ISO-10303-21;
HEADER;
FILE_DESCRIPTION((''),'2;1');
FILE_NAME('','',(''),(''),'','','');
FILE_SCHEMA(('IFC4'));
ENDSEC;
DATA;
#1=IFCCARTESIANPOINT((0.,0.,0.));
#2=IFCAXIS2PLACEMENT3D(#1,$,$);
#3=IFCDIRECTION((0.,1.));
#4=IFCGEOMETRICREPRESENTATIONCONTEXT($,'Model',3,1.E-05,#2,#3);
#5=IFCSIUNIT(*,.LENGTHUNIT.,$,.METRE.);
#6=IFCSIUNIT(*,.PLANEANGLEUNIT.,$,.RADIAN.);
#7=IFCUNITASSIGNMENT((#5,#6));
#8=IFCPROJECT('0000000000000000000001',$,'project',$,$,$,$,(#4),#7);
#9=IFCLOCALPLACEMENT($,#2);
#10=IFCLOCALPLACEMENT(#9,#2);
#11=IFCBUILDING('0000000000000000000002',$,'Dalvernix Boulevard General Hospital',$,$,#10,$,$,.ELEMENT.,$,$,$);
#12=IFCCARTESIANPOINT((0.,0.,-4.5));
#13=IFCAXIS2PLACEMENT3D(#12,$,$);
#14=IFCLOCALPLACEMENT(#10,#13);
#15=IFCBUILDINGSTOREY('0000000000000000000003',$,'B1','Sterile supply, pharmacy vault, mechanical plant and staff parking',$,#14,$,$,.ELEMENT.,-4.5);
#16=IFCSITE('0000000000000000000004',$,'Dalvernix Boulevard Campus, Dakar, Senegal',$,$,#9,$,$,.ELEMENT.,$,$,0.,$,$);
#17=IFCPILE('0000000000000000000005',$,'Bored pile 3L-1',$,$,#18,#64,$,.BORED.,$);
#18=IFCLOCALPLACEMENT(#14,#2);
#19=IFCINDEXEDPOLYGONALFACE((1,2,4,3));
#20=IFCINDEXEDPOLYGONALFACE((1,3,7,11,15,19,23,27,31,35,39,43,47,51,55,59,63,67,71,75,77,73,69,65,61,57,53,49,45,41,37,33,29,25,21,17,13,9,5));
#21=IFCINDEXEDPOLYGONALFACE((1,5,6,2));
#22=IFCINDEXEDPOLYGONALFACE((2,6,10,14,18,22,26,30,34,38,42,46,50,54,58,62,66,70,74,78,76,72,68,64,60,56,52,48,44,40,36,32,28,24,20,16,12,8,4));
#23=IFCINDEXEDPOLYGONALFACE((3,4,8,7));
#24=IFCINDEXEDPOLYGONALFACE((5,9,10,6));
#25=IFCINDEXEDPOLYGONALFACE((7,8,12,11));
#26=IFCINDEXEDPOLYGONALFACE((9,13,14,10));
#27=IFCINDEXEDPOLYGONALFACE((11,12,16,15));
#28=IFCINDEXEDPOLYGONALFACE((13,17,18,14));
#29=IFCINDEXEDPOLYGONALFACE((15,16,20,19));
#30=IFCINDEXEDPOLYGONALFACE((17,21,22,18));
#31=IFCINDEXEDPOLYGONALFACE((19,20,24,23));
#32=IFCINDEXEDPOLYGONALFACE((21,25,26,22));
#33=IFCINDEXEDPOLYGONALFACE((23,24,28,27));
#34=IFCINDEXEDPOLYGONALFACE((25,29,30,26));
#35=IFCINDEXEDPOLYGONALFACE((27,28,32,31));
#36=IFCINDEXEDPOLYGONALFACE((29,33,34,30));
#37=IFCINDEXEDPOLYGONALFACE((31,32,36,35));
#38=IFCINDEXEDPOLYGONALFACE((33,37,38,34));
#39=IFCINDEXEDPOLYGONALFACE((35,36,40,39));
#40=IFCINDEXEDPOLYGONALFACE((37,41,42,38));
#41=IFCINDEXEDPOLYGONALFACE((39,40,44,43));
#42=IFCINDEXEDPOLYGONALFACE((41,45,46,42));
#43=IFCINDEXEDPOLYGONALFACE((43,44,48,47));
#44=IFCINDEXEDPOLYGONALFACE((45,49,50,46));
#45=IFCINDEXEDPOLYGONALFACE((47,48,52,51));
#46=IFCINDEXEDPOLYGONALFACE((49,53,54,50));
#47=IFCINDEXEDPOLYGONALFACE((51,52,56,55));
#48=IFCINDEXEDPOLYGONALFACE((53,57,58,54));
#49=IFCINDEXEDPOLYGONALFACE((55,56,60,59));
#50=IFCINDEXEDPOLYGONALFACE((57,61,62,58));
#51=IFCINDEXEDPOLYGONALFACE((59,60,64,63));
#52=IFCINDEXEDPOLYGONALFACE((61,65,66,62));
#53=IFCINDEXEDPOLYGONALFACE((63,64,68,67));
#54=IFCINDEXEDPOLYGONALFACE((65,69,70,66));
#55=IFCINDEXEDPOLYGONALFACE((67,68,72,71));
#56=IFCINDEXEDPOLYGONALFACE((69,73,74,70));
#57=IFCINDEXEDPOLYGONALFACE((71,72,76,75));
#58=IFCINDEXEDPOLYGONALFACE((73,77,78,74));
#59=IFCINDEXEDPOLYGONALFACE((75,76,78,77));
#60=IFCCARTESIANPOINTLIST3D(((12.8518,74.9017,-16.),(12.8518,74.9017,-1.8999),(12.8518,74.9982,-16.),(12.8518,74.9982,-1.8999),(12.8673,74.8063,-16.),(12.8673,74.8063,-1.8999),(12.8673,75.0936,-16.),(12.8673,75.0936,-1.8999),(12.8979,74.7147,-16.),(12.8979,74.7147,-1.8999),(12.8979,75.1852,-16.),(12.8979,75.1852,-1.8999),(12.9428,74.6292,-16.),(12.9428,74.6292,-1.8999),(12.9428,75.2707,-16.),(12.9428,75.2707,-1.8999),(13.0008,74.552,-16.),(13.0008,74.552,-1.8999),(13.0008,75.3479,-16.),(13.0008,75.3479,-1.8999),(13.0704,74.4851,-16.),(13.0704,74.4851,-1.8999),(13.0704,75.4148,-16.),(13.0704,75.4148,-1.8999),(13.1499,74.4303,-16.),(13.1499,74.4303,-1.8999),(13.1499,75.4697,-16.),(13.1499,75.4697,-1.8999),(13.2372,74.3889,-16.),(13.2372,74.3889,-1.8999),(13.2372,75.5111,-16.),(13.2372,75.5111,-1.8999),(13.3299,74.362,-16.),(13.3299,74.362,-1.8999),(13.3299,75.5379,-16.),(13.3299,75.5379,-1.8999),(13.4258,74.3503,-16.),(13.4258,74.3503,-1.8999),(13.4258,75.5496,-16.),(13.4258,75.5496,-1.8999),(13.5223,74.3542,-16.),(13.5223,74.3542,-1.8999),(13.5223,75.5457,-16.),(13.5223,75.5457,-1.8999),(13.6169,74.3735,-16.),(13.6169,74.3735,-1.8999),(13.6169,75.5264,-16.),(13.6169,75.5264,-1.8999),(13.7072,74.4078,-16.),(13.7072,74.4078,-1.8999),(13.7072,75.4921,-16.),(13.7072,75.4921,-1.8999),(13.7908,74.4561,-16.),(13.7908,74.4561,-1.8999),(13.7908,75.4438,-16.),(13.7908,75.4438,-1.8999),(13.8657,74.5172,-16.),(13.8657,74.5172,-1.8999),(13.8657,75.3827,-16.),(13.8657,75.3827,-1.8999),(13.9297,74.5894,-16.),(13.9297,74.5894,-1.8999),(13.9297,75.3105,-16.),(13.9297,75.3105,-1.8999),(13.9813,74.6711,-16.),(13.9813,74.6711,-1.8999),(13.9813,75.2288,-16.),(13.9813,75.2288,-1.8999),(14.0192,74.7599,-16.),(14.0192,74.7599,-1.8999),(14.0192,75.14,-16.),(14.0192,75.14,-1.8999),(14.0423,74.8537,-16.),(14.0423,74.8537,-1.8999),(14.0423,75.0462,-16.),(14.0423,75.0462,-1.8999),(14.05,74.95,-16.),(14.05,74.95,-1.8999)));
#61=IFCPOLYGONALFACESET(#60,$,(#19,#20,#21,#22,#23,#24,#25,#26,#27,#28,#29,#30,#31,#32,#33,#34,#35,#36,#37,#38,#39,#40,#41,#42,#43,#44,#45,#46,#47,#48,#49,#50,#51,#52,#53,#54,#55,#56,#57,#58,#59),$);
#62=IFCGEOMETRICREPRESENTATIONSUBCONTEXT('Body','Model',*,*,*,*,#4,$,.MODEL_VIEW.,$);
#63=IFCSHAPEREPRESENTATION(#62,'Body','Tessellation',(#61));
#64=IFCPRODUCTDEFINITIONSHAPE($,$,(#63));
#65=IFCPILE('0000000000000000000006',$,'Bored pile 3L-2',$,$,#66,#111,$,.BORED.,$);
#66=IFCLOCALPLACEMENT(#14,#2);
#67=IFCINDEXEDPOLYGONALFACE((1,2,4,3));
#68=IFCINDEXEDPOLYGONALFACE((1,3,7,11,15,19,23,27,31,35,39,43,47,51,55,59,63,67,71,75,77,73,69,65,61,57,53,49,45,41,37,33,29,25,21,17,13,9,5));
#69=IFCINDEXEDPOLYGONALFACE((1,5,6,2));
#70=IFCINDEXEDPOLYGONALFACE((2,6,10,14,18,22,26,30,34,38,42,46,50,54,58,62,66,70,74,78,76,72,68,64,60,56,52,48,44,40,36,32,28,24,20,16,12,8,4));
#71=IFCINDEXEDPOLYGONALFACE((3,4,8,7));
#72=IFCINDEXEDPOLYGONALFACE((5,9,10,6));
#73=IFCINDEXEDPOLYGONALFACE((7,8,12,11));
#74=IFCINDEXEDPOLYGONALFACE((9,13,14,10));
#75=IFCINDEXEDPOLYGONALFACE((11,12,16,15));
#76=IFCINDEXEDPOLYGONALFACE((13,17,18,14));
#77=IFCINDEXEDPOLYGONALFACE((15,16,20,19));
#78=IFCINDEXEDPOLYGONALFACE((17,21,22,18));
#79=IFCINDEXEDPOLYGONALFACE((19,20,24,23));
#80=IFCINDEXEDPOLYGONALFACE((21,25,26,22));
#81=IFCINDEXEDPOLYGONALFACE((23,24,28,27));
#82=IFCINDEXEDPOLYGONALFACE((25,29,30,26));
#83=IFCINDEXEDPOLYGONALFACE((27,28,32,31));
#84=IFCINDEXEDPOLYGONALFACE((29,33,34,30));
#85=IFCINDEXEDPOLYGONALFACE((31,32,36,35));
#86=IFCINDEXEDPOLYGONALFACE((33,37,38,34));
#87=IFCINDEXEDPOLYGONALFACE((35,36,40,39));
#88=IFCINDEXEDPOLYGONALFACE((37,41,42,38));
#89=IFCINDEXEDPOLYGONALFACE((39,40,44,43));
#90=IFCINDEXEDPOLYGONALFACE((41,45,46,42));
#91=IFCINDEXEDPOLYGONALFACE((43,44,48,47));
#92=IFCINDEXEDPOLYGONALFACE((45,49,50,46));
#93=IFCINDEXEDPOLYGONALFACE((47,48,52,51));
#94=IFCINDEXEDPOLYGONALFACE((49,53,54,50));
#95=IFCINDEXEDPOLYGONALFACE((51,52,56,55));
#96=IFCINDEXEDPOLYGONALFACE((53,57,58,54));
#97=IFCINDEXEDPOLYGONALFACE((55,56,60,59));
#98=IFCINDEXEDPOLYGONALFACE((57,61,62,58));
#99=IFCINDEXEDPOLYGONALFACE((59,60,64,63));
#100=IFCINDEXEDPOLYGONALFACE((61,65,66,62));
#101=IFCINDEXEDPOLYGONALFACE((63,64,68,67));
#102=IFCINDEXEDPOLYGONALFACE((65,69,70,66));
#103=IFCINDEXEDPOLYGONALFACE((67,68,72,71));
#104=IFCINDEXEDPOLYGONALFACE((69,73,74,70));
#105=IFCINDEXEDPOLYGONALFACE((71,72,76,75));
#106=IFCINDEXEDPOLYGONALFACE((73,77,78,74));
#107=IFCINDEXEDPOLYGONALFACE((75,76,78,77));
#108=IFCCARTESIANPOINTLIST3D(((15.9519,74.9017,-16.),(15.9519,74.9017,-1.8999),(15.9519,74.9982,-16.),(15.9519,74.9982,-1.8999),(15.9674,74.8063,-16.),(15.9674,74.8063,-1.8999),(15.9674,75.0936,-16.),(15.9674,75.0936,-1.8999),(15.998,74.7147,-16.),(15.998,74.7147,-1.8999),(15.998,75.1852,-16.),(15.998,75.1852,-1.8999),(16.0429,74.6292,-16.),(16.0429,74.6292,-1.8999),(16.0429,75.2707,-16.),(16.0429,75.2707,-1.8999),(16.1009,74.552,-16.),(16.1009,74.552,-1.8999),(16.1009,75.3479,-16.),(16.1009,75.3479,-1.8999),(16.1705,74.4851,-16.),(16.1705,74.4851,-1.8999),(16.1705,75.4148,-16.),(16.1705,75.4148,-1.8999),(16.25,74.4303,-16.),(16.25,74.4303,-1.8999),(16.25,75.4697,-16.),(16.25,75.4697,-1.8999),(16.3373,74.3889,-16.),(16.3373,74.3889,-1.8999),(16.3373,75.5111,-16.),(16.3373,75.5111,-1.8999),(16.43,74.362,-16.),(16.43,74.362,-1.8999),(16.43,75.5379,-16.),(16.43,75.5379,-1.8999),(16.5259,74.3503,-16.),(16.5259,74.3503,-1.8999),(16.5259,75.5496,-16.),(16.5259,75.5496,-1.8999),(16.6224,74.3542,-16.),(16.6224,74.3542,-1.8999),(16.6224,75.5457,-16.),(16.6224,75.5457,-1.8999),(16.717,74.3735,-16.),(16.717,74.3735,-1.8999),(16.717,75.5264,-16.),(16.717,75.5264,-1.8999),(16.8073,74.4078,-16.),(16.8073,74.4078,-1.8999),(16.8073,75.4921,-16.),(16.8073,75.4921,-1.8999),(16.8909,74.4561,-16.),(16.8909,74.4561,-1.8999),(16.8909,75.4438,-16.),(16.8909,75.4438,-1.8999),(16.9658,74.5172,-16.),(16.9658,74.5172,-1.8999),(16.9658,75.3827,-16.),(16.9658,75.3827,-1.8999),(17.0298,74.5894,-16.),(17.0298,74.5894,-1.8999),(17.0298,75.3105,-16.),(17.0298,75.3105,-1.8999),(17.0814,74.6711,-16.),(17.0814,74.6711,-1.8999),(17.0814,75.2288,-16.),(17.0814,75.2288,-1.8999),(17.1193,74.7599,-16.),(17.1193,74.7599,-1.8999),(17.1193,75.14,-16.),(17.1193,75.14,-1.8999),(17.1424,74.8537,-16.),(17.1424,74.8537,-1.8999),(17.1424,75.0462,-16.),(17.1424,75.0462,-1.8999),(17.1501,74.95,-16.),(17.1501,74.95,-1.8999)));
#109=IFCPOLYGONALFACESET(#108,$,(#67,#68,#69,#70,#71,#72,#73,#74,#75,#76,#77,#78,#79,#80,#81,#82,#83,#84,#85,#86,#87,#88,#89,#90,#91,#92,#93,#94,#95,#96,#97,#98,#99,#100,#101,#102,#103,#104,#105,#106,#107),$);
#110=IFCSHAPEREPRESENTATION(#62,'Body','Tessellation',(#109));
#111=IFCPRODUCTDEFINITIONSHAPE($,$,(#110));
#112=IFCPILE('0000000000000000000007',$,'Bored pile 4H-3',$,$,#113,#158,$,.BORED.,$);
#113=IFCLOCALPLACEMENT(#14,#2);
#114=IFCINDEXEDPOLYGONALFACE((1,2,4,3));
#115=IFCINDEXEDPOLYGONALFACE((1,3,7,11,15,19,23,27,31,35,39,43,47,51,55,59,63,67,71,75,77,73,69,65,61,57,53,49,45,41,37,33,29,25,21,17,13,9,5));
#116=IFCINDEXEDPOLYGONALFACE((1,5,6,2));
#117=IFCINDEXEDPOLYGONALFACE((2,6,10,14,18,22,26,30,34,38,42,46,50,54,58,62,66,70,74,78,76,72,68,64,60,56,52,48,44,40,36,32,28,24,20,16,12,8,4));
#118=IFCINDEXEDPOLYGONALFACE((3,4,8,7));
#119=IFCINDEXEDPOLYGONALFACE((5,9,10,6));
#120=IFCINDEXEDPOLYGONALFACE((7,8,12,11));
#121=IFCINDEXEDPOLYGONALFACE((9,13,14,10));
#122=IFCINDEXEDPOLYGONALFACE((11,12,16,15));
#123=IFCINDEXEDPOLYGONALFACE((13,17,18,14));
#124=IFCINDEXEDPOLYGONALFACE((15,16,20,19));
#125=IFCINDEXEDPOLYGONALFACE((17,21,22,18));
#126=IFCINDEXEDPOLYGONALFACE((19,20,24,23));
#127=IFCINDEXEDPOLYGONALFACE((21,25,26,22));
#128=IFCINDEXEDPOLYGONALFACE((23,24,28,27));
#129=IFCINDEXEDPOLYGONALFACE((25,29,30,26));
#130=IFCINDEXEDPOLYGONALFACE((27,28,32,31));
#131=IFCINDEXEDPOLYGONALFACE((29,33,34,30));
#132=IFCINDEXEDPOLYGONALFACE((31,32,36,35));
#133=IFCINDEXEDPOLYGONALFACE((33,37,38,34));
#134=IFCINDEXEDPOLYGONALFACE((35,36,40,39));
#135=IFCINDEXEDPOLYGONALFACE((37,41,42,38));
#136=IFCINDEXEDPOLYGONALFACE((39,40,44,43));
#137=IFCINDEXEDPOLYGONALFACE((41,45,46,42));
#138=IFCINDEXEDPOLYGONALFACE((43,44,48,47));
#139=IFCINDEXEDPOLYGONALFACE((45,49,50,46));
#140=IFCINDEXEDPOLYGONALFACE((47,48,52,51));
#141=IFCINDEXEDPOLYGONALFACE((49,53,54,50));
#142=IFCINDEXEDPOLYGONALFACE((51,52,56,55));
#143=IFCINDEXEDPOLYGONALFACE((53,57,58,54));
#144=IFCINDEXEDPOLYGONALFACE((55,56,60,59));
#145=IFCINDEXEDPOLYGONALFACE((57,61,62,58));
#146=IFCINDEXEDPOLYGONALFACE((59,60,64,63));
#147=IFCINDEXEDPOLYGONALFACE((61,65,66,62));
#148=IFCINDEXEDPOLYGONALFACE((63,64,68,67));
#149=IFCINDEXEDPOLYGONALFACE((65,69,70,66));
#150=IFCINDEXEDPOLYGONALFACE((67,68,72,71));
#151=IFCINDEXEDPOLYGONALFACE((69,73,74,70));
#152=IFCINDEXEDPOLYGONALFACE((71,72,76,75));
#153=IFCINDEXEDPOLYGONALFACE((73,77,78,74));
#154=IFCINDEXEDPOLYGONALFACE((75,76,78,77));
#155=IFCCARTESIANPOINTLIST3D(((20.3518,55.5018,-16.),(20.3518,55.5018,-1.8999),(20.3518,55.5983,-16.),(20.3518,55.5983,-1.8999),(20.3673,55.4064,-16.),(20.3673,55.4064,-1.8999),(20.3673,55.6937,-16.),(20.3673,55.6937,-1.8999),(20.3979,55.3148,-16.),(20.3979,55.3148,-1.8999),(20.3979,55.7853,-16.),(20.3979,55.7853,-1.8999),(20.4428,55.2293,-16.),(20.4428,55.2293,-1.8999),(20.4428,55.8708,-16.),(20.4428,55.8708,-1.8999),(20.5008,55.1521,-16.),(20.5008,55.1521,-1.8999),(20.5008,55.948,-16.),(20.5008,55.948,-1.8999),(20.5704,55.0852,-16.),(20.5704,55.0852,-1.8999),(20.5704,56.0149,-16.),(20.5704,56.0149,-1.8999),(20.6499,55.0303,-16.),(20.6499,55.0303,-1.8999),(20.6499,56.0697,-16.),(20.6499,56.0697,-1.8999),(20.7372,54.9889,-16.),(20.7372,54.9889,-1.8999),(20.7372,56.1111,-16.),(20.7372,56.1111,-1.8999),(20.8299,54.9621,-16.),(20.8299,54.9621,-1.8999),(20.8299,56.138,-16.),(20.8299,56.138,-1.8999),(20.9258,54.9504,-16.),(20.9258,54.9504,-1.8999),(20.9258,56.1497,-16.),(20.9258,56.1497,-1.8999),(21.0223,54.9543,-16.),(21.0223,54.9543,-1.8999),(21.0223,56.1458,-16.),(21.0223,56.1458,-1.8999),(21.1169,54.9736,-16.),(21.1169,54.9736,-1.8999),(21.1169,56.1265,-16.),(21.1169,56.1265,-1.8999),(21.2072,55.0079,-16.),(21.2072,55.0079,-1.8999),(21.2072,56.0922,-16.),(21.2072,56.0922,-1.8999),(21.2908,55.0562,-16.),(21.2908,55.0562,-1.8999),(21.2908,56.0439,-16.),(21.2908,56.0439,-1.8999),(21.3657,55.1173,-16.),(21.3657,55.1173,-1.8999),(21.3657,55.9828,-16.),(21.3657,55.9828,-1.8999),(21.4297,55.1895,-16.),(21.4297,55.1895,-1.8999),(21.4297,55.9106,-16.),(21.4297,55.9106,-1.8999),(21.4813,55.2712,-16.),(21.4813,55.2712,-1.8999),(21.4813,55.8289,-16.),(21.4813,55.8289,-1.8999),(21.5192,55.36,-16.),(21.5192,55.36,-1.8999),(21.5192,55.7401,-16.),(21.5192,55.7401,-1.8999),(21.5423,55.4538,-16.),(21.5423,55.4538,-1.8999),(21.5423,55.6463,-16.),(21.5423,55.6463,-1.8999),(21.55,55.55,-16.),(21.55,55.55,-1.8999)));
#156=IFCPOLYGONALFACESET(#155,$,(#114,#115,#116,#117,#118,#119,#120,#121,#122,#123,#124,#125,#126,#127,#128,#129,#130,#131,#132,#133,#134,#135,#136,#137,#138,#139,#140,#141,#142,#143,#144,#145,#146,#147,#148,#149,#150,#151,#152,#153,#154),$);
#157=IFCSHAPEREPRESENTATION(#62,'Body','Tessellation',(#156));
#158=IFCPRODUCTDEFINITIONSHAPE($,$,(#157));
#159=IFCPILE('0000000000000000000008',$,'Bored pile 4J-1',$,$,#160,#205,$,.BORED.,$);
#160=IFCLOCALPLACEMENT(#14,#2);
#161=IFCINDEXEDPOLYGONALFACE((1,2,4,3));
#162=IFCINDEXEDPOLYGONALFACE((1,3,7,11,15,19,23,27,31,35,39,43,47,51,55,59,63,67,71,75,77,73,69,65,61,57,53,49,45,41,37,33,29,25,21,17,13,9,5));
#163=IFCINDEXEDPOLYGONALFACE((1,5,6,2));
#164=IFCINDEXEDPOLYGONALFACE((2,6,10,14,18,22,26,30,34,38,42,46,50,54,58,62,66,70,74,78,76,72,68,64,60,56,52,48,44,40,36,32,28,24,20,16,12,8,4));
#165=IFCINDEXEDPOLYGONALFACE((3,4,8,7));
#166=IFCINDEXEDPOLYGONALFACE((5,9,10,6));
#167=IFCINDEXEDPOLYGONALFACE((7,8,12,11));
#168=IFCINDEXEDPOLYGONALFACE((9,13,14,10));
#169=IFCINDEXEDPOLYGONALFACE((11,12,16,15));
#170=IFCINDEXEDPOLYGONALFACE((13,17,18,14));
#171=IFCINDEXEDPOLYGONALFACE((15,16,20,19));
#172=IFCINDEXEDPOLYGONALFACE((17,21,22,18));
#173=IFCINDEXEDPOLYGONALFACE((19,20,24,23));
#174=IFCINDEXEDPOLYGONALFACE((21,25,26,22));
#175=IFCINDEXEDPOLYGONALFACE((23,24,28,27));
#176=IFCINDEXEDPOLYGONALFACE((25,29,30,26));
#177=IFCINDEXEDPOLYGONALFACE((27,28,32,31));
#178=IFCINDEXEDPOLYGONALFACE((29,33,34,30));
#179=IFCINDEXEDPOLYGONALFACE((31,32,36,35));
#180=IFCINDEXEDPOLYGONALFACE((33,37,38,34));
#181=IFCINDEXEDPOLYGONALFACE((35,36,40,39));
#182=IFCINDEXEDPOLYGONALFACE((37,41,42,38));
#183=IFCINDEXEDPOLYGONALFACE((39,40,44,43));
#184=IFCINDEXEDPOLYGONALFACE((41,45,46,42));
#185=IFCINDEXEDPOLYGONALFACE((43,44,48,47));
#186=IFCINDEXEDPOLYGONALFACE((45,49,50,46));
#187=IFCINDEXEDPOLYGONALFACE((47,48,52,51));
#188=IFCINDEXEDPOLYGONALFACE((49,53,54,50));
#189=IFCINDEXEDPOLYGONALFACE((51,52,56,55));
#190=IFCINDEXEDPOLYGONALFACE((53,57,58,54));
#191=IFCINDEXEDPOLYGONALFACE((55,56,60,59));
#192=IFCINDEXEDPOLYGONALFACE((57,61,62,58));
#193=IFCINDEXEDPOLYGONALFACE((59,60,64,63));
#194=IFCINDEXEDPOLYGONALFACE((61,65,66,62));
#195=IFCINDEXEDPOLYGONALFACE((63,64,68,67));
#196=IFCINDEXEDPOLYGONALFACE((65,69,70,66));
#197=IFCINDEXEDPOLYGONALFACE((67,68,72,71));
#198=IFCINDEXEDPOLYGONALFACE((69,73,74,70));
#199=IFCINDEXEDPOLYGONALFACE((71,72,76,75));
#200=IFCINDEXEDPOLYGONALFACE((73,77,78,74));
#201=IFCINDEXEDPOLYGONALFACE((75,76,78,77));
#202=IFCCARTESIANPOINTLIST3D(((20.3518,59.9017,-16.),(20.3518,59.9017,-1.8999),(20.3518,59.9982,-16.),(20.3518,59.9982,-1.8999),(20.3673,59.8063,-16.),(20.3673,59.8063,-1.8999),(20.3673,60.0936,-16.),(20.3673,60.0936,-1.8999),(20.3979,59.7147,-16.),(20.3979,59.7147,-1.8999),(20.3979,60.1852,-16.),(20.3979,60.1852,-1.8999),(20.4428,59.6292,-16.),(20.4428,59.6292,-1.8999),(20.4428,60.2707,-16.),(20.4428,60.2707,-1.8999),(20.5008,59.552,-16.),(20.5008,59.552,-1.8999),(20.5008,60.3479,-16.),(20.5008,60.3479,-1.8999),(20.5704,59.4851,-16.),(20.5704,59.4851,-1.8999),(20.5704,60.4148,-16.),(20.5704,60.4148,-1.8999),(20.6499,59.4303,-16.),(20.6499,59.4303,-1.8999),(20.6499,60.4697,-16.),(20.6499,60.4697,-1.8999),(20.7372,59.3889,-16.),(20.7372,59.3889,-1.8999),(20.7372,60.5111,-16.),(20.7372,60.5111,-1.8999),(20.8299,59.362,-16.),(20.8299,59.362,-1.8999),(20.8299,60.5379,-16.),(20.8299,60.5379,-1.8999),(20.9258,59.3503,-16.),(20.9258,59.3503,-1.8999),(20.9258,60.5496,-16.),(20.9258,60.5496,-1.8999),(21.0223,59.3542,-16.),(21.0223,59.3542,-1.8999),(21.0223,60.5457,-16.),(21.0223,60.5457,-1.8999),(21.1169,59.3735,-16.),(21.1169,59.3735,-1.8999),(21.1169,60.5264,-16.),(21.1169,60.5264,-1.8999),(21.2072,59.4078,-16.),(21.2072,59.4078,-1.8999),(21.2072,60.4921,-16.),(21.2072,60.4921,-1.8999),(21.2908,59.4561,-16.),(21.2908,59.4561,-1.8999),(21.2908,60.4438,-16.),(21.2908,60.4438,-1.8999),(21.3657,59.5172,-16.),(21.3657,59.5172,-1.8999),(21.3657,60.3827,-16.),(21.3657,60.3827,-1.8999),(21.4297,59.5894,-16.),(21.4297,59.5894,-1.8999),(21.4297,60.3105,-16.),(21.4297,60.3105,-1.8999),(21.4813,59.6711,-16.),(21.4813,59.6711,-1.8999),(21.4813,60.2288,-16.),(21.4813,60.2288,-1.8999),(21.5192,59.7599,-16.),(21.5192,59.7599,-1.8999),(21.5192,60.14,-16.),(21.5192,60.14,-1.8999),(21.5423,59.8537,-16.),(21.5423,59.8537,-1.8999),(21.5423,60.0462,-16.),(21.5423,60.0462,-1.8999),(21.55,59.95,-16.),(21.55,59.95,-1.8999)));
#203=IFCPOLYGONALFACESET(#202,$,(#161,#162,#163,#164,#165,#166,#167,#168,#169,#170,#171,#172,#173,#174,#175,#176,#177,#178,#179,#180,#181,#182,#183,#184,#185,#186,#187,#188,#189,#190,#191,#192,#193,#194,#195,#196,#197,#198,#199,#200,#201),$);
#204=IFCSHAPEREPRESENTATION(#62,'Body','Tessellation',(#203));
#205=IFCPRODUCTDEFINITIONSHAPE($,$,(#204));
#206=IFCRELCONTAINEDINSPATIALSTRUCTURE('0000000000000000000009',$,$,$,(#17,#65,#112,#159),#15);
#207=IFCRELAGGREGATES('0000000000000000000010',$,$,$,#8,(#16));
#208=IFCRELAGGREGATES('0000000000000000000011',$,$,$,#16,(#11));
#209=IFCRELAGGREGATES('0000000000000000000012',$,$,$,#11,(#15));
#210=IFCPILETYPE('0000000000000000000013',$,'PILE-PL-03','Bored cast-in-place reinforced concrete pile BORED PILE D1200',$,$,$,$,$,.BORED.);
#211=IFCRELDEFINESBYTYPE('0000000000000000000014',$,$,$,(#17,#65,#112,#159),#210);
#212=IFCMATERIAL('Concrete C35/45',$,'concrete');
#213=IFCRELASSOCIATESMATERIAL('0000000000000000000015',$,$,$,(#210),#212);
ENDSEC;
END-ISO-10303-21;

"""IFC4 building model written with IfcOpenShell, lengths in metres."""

from ifc_helpers import new_model, si_unit, direction, frame, origin, origin_2d, place, context, subcontext, project, spatial, circle, extrude, material, material_profile, profile_set, type_object, element, save


model = new_model("IFC4")

# Units and contexts
model_context = context("Model", 3, precision=1e-05, world=origin(), true_north=direction((0.0, 1.0)))
body_context = subcontext(model_context, "Body", "Model", "MODEL_VIEW")
ifc_project = project(units=[si_unit("LENGTHUNIT", "METRE"), si_unit("PLANEANGLEUNIT", "RADIAN")], contexts=[model_context])

# Site, building, storey
site_placement = place(None, origin())
site = spatial("IfcSite", under=ifc_project, at=site_placement, Name="Dalvernix Boulevard Campus, Dakar, Senegal", CompositionType="ELEMENT", RefElevation=0.0)
building_placement = place(site_placement, origin())
building = spatial("IfcBuilding", under=site, at=building_placement, Name="Dalvernix Boulevard General Hospital", CompositionType="ELEMENT")
storey_placement = place(building_placement, frame((0.0, 0.0, -4.5)))
storey = spatial("IfcBuildingStorey", under=building, at=storey_placement, Name="B1", Description="Sterile supply, pharmacy vault, mechanical plant and staff parking", CompositionType="ELEMENT", Elevation=-4.5)

# Shared definitions
ifc_material_1 = material(Name="Concrete C35/45", Category="concrete")

# Piles
ifc_material_profile_1 = material_profile(ifc_material_1, circle(Radius=0.6001, at=origin_2d()), Name="BORED PILE D1200")
ifc_profile_set_1 = profile_set([ifc_material_profile_1], Name="Concrete C35/45")
pile_type = type_object("IfcPileType", Name="PILE-PL-03", Description="Bored cast-in-place reinforced concrete pile BORED PILE D1200", PredefinedType="BORED", material=ifc_profile_set_1)
for number, where, z_axis, x_axis, name in (
    (1, (13.45, 74.95, -1.8999), (0.0, 0.0, -1.0), (1.0, 0.0, 0.0), "Bored pile 3L-1"),
    (2, (16.55, 74.95, -1.8999), (0.0, 0.0, -1.0), (1.0, 0.0, 0.0), "Bored pile 3L-2"),
    (3, (20.95, 55.55, -1.8999), (0.0, 0.0, -1.0), (1.0, 0.0, 0.0), "Bored pile 4H-3"),
    (4, (20.95, 59.95, -1.8999), (0.0, 0.0, -1.0), (1.0, 0.0, 0.0), "Bored pile 4J-1"),
):
    element("IfcPile", number, at=place(storey_placement, frame(where, z_axis=z_axis, x_axis=x_axis)), inside=storey, type_object=pile_type, Name=name, PredefinedType="BORED", context=body_context, shape_type="SweptSolid", body=[
        extrude(circle(Radius=0.6001, at=origin_2d()), origin(), (0.0, 0.0, 1.0), 14.1001),
    ])

save(model, "model.ifc")
